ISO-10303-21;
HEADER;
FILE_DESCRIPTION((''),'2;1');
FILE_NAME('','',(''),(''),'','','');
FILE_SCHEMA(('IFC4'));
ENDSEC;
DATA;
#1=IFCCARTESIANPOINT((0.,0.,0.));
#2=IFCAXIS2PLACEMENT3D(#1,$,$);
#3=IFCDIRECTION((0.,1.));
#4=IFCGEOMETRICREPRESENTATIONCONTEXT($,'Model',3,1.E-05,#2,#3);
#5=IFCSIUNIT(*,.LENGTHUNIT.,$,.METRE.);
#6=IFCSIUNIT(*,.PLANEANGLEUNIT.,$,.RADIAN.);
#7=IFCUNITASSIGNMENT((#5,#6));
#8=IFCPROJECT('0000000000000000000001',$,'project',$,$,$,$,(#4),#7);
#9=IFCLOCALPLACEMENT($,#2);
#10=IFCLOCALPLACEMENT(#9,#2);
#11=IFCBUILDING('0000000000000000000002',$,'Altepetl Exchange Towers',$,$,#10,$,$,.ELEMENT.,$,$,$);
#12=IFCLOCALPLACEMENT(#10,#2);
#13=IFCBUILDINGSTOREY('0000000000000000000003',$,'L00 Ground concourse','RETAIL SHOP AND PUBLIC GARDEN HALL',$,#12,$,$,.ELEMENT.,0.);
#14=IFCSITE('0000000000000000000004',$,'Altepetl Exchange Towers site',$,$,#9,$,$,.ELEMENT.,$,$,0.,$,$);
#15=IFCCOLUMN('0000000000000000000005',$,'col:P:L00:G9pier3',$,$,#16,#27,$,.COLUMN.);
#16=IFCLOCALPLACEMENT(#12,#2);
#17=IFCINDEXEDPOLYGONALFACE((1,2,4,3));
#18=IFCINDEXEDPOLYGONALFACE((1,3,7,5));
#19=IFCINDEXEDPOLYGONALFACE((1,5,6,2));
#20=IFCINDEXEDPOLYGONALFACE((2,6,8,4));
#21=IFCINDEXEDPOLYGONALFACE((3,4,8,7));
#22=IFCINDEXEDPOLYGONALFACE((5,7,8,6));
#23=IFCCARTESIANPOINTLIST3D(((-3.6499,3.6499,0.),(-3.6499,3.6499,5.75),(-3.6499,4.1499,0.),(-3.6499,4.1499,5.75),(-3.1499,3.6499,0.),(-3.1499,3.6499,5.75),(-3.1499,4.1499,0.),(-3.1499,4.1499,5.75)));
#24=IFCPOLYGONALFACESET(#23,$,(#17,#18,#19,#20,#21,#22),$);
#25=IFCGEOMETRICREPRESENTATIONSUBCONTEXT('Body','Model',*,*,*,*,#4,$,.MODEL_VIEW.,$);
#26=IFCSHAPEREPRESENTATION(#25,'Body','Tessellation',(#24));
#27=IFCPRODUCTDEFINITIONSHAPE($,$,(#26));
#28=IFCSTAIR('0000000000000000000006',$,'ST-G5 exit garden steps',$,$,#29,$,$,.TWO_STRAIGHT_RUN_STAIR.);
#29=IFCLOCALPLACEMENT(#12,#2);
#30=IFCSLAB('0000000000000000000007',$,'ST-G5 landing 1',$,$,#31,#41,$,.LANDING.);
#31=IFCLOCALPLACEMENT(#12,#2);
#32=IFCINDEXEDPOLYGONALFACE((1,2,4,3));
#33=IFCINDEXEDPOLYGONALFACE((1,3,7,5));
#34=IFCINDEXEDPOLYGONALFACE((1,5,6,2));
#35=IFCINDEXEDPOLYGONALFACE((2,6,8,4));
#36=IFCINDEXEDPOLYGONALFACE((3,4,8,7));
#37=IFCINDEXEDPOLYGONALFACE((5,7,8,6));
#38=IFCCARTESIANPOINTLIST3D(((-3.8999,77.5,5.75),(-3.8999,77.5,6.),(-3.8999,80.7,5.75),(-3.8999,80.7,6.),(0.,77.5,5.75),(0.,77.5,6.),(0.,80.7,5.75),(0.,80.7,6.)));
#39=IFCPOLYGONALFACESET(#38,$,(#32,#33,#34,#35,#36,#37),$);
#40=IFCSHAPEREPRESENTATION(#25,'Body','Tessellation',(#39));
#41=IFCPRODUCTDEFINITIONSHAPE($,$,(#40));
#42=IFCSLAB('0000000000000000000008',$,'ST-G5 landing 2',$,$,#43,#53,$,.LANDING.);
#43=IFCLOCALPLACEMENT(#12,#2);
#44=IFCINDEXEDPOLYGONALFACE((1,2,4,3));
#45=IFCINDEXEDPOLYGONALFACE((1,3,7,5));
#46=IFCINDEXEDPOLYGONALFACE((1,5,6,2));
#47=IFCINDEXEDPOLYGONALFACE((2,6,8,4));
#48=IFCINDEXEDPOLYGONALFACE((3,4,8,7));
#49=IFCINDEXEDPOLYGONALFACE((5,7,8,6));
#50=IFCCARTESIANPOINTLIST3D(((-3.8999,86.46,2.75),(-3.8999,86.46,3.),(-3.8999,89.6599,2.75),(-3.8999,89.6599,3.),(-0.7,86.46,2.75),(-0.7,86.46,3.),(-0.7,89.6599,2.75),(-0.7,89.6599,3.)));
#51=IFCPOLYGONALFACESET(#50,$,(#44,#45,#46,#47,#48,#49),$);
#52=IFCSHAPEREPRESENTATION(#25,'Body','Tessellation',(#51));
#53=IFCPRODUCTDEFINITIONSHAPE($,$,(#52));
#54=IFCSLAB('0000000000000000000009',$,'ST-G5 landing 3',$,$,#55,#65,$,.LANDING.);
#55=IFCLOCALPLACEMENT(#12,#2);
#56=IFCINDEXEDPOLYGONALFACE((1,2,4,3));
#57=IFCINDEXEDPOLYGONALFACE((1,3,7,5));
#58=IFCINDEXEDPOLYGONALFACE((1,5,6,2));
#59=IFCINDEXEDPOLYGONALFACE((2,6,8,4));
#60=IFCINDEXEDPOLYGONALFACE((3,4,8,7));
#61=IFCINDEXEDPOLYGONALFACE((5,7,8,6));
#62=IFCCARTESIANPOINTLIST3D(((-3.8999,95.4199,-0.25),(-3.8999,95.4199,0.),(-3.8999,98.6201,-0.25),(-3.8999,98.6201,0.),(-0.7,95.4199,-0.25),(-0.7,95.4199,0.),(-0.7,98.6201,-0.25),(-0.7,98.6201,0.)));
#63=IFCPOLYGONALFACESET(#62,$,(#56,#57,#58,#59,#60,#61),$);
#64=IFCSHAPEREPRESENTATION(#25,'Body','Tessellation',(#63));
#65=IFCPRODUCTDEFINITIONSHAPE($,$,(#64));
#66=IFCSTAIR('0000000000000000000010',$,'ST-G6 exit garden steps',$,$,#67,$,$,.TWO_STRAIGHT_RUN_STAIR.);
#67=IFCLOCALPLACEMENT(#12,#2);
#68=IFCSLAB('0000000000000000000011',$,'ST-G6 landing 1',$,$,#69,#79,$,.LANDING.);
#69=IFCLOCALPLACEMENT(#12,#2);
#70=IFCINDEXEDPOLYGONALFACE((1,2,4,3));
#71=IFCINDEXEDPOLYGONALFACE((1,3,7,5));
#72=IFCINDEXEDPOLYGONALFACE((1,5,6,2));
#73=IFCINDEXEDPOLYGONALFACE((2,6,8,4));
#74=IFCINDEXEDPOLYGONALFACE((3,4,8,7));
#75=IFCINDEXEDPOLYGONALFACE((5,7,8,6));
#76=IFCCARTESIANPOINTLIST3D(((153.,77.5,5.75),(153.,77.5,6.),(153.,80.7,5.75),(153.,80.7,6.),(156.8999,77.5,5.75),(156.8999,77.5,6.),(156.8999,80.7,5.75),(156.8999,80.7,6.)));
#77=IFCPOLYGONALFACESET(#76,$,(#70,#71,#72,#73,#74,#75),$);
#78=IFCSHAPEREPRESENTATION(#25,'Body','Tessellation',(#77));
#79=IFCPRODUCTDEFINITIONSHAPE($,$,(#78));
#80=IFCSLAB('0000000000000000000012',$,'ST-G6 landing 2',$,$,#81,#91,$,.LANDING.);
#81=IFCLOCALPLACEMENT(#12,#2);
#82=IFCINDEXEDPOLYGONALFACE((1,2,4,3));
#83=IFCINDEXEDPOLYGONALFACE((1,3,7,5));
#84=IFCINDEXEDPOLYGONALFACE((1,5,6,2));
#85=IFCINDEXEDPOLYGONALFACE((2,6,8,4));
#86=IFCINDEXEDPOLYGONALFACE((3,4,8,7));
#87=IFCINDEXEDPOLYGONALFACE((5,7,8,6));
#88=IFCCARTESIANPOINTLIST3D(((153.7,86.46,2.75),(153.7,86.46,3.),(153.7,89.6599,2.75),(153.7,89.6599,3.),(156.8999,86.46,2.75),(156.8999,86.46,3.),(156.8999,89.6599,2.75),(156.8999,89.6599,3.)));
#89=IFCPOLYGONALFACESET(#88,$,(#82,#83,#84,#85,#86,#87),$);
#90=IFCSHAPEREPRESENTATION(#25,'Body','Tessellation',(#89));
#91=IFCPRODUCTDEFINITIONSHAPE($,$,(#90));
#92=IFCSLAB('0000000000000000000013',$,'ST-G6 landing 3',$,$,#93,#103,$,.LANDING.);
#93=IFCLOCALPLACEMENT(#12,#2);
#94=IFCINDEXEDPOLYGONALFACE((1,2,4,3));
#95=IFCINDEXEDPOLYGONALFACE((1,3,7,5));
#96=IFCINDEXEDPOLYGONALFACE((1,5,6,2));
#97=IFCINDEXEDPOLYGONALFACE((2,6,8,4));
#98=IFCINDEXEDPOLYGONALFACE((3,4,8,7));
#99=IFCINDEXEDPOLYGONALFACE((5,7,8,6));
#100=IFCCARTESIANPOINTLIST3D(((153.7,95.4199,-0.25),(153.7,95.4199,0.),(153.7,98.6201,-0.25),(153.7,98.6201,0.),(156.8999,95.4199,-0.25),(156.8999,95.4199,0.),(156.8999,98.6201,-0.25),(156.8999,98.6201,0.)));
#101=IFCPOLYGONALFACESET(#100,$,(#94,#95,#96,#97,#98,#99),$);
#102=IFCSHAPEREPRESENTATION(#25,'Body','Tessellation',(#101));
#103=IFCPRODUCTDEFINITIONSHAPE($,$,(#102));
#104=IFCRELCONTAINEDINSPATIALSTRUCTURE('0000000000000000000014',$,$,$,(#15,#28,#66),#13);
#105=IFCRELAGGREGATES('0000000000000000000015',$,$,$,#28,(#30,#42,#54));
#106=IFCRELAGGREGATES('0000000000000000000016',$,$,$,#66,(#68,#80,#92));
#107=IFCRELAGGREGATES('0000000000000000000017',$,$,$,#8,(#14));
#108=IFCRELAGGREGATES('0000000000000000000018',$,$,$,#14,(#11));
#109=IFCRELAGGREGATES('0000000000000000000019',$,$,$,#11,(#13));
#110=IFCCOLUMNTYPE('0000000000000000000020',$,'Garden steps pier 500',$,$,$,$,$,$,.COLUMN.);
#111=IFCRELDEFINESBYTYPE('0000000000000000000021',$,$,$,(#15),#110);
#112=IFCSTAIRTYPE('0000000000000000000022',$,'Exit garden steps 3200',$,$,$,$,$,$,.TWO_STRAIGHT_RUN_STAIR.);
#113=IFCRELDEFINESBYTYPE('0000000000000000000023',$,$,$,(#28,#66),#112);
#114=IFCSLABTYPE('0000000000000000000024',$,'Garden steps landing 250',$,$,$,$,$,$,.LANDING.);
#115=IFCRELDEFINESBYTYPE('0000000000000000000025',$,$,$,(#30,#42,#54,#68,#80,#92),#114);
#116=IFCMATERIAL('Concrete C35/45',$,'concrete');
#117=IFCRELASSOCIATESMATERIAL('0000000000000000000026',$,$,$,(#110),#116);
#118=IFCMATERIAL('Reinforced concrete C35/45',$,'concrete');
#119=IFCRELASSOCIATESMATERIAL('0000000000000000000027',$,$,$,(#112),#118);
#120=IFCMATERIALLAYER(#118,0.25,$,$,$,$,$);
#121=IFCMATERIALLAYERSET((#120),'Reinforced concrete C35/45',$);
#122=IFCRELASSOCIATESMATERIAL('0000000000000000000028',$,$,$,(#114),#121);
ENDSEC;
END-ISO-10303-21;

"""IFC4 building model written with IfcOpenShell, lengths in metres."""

from ifc_helpers import new_model, si_unit, direction, frame, origin, origin_2d, place, context, subcontext, project, spatial, polyline, rectangle, outline, extrude, material, layer, layer_set, material_profile, profile_set, type_object, element, aggregate, save


model = new_model("IFC4")

# Units and contexts
model_context = context("Model", 3, precision=1e-05, world=origin(), true_north=direction((0.0, 1.0)))
body_context = subcontext(model_context, "Body", "Model", "MODEL_VIEW")
ifc_project = project(units=[si_unit("LENGTHUNIT", "METRE"), si_unit("PLANEANGLEUNIT", "RADIAN")], contexts=[model_context])

# Site, building, storey
site_placement = place(None, origin())
site = spatial("IfcSite", under=ifc_project, at=site_placement, Name="Altepetl Exchange Towers site", CompositionType="ELEMENT", RefElevation=0.0)
building_placement = place(site_placement, origin())
building = spatial("IfcBuilding", under=site, at=building_placement, Name="Altepetl Exchange Towers", CompositionType="ELEMENT")
storey_placement = place(building_placement, origin())
storey = spatial("IfcBuildingStorey", under=building, at=storey_placement, Name="L00 Ground concourse", Description="RETAIL SHOP AND PUBLIC GARDEN HALL", CompositionType="ELEMENT", Elevation=0.0)

# Shared definitions
ifc_material_1 = material(Name="Reinforced concrete C35/45", Category="concrete")

# Column
ifc_material_2 = material(Name="Concrete C35/45", Category="concrete")
ifc_material_profile = material_profile(ifc_material_2, rectangle(XDim=0.5, YDim=0.5, at=origin_2d()), Name="500 x 500")
ifc_profile_set = profile_set([ifc_material_profile], Name="Concrete C35/45")
column_type = type_object("IfcColumnType", Name="Garden steps pier 500", PredefinedType="COLUMN", material=ifc_profile_set)
for number, where, name in (
    (1, (-3.3999, 3.8999, 0.0), "col:P:L00:G9pier3"),
):
    element("IfcColumn", number, at=place(storey_placement, frame(where)), inside=storey, type_object=column_type, Name=name, PredefinedType="COLUMN", context=body_context, shape_type="SweptSolid", body=[
        extrude(rectangle(XDim=0.5, YDim=0.5, at=origin_2d()), origin(), (0.0, 0.0, 1.0), 5.75),
    ])

# Stairs, slabs
stair_type = type_object("IfcStairType", Name="Exit garden steps 3200", PredefinedType="TWO_STRAIGHT_RUN_STAIR", material=ifc_material_1)
stair_1_placement = place(storey_placement, origin())
stair_1 = element("IfcStair", 2, at=stair_1_placement, inside=storey, type_object=stair_type, Name="ST-G5 exit garden steps", PredefinedType="TWO_STRAIGHT_RUN_STAIR")
ifc_layer_1 = layer(ifc_material_1, 0.25)
ifc_layer_set_1 = layer_set([ifc_layer_1], Name="Reinforced concrete C35/45")
slab_type = type_object("IfcSlabType", Name="Garden steps landing 250", PredefinedType="LANDING", material=ifc_layer_set_1)
slab_1_placement = place(storey_placement, frame((0.0, 0.0, 5.75)))
slab_1 = element("IfcSlab", 3, at=slab_1_placement, type_object=slab_type, Name="ST-G5 landing 1", PredefinedType="LANDING", context=body_context, shape_type="SweptSolid", body=[
    extrude(outline(polyline([(0.0, 77.5), (0.0, 80.7), (-3.8999, 80.7), (-3.8999, 77.5), (0.0, 77.5)])), origin(), (0.0, 0.0, 1.0), 0.25),
])
slab_2_placement = place(storey_placement, frame((0.0, 0.0, 2.75)))
slab_2 = element("IfcSlab", 4, at=slab_2_placement, type_object=slab_type, Name="ST-G5 landing 2", PredefinedType="LANDING", context=body_context, shape_type="SweptSolid", body=[
    extrude(outline(polyline([(-0.7, 86.46), (-0.7, 89.6599), (-3.8999, 89.6599), (-3.8999, 86.46), (-0.7, 86.46)])), origin(), (0.0, 0.0, 1.0), 0.25),
])
slab_3_placement = place(storey_placement, frame((0.0, 0.0, -0.25)))
slab_3 = element("IfcSlab", 5, at=slab_3_placement, type_object=slab_type, Name="ST-G5 landing 3", PredefinedType="LANDING", context=body_context, shape_type="SweptSolid", body=[
    extrude(outline(polyline([(-0.7, 95.4199), (-0.7, 98.6201), (-3.8999, 98.6201), (-3.8999, 95.4199), (-0.7, 95.4199)])), origin(), (0.0, 0.0, 1.0), 0.25),
])
aggregate(stair_1, [slab_1, slab_2, slab_3])
stair_2_placement = place(storey_placement, origin())
stair_2 = element("IfcStair", 6, at=stair_2_placement, inside=storey, type_object=stair_type, Name="ST-G6 exit garden steps", PredefinedType="TWO_STRAIGHT_RUN_STAIR")
slab_4_placement = place(storey_placement, frame((0.0, 0.0, 5.75)))
slab_4 = element("IfcSlab", 7, at=slab_4_placement, type_object=slab_type, Name="ST-G6 landing 1", PredefinedType="LANDING", context=body_context, shape_type="SweptSolid", body=[
    extrude(outline(polyline([(153.0, 77.5), (153.0, 80.7), (156.8999, 80.7), (156.8999, 77.5), (153.0, 77.5)])), origin(), (0.0, 0.0, 1.0), 0.25),
])
slab_5_placement = place(storey_placement, frame((0.0, 0.0, 2.75)))
slab_5 = element("IfcSlab", 8, at=slab_5_placement, type_object=slab_type, Name="ST-G6 landing 2", PredefinedType="LANDING", context=body_context, shape_type="SweptSolid", body=[
    extrude(outline(polyline([(153.7, 86.46), (153.7, 89.6599), (156.8999, 89.6599), (156.8999, 86.46), (153.7, 86.46)])), origin(), (0.0, 0.0, 1.0), 0.25),
])
slab_6_placement = place(storey_placement, frame((0.0, 0.0, -0.25)))
slab_6 = element("IfcSlab", 9, at=slab_6_placement, type_object=slab_type, Name="ST-G6 landing 3", PredefinedType="LANDING", context=body_context, shape_type="SweptSolid", body=[
    extrude(outline(polyline([(153.7, 95.4199), (153.7, 98.6201), (156.8999, 98.6201), (156.8999, 95.4199), (153.7, 95.4199)])), origin(), (0.0, 0.0, 1.0), 0.25),
])
aggregate(stair_2, [slab_4, slab_5, slab_6])

save(model, "model.ifc")
